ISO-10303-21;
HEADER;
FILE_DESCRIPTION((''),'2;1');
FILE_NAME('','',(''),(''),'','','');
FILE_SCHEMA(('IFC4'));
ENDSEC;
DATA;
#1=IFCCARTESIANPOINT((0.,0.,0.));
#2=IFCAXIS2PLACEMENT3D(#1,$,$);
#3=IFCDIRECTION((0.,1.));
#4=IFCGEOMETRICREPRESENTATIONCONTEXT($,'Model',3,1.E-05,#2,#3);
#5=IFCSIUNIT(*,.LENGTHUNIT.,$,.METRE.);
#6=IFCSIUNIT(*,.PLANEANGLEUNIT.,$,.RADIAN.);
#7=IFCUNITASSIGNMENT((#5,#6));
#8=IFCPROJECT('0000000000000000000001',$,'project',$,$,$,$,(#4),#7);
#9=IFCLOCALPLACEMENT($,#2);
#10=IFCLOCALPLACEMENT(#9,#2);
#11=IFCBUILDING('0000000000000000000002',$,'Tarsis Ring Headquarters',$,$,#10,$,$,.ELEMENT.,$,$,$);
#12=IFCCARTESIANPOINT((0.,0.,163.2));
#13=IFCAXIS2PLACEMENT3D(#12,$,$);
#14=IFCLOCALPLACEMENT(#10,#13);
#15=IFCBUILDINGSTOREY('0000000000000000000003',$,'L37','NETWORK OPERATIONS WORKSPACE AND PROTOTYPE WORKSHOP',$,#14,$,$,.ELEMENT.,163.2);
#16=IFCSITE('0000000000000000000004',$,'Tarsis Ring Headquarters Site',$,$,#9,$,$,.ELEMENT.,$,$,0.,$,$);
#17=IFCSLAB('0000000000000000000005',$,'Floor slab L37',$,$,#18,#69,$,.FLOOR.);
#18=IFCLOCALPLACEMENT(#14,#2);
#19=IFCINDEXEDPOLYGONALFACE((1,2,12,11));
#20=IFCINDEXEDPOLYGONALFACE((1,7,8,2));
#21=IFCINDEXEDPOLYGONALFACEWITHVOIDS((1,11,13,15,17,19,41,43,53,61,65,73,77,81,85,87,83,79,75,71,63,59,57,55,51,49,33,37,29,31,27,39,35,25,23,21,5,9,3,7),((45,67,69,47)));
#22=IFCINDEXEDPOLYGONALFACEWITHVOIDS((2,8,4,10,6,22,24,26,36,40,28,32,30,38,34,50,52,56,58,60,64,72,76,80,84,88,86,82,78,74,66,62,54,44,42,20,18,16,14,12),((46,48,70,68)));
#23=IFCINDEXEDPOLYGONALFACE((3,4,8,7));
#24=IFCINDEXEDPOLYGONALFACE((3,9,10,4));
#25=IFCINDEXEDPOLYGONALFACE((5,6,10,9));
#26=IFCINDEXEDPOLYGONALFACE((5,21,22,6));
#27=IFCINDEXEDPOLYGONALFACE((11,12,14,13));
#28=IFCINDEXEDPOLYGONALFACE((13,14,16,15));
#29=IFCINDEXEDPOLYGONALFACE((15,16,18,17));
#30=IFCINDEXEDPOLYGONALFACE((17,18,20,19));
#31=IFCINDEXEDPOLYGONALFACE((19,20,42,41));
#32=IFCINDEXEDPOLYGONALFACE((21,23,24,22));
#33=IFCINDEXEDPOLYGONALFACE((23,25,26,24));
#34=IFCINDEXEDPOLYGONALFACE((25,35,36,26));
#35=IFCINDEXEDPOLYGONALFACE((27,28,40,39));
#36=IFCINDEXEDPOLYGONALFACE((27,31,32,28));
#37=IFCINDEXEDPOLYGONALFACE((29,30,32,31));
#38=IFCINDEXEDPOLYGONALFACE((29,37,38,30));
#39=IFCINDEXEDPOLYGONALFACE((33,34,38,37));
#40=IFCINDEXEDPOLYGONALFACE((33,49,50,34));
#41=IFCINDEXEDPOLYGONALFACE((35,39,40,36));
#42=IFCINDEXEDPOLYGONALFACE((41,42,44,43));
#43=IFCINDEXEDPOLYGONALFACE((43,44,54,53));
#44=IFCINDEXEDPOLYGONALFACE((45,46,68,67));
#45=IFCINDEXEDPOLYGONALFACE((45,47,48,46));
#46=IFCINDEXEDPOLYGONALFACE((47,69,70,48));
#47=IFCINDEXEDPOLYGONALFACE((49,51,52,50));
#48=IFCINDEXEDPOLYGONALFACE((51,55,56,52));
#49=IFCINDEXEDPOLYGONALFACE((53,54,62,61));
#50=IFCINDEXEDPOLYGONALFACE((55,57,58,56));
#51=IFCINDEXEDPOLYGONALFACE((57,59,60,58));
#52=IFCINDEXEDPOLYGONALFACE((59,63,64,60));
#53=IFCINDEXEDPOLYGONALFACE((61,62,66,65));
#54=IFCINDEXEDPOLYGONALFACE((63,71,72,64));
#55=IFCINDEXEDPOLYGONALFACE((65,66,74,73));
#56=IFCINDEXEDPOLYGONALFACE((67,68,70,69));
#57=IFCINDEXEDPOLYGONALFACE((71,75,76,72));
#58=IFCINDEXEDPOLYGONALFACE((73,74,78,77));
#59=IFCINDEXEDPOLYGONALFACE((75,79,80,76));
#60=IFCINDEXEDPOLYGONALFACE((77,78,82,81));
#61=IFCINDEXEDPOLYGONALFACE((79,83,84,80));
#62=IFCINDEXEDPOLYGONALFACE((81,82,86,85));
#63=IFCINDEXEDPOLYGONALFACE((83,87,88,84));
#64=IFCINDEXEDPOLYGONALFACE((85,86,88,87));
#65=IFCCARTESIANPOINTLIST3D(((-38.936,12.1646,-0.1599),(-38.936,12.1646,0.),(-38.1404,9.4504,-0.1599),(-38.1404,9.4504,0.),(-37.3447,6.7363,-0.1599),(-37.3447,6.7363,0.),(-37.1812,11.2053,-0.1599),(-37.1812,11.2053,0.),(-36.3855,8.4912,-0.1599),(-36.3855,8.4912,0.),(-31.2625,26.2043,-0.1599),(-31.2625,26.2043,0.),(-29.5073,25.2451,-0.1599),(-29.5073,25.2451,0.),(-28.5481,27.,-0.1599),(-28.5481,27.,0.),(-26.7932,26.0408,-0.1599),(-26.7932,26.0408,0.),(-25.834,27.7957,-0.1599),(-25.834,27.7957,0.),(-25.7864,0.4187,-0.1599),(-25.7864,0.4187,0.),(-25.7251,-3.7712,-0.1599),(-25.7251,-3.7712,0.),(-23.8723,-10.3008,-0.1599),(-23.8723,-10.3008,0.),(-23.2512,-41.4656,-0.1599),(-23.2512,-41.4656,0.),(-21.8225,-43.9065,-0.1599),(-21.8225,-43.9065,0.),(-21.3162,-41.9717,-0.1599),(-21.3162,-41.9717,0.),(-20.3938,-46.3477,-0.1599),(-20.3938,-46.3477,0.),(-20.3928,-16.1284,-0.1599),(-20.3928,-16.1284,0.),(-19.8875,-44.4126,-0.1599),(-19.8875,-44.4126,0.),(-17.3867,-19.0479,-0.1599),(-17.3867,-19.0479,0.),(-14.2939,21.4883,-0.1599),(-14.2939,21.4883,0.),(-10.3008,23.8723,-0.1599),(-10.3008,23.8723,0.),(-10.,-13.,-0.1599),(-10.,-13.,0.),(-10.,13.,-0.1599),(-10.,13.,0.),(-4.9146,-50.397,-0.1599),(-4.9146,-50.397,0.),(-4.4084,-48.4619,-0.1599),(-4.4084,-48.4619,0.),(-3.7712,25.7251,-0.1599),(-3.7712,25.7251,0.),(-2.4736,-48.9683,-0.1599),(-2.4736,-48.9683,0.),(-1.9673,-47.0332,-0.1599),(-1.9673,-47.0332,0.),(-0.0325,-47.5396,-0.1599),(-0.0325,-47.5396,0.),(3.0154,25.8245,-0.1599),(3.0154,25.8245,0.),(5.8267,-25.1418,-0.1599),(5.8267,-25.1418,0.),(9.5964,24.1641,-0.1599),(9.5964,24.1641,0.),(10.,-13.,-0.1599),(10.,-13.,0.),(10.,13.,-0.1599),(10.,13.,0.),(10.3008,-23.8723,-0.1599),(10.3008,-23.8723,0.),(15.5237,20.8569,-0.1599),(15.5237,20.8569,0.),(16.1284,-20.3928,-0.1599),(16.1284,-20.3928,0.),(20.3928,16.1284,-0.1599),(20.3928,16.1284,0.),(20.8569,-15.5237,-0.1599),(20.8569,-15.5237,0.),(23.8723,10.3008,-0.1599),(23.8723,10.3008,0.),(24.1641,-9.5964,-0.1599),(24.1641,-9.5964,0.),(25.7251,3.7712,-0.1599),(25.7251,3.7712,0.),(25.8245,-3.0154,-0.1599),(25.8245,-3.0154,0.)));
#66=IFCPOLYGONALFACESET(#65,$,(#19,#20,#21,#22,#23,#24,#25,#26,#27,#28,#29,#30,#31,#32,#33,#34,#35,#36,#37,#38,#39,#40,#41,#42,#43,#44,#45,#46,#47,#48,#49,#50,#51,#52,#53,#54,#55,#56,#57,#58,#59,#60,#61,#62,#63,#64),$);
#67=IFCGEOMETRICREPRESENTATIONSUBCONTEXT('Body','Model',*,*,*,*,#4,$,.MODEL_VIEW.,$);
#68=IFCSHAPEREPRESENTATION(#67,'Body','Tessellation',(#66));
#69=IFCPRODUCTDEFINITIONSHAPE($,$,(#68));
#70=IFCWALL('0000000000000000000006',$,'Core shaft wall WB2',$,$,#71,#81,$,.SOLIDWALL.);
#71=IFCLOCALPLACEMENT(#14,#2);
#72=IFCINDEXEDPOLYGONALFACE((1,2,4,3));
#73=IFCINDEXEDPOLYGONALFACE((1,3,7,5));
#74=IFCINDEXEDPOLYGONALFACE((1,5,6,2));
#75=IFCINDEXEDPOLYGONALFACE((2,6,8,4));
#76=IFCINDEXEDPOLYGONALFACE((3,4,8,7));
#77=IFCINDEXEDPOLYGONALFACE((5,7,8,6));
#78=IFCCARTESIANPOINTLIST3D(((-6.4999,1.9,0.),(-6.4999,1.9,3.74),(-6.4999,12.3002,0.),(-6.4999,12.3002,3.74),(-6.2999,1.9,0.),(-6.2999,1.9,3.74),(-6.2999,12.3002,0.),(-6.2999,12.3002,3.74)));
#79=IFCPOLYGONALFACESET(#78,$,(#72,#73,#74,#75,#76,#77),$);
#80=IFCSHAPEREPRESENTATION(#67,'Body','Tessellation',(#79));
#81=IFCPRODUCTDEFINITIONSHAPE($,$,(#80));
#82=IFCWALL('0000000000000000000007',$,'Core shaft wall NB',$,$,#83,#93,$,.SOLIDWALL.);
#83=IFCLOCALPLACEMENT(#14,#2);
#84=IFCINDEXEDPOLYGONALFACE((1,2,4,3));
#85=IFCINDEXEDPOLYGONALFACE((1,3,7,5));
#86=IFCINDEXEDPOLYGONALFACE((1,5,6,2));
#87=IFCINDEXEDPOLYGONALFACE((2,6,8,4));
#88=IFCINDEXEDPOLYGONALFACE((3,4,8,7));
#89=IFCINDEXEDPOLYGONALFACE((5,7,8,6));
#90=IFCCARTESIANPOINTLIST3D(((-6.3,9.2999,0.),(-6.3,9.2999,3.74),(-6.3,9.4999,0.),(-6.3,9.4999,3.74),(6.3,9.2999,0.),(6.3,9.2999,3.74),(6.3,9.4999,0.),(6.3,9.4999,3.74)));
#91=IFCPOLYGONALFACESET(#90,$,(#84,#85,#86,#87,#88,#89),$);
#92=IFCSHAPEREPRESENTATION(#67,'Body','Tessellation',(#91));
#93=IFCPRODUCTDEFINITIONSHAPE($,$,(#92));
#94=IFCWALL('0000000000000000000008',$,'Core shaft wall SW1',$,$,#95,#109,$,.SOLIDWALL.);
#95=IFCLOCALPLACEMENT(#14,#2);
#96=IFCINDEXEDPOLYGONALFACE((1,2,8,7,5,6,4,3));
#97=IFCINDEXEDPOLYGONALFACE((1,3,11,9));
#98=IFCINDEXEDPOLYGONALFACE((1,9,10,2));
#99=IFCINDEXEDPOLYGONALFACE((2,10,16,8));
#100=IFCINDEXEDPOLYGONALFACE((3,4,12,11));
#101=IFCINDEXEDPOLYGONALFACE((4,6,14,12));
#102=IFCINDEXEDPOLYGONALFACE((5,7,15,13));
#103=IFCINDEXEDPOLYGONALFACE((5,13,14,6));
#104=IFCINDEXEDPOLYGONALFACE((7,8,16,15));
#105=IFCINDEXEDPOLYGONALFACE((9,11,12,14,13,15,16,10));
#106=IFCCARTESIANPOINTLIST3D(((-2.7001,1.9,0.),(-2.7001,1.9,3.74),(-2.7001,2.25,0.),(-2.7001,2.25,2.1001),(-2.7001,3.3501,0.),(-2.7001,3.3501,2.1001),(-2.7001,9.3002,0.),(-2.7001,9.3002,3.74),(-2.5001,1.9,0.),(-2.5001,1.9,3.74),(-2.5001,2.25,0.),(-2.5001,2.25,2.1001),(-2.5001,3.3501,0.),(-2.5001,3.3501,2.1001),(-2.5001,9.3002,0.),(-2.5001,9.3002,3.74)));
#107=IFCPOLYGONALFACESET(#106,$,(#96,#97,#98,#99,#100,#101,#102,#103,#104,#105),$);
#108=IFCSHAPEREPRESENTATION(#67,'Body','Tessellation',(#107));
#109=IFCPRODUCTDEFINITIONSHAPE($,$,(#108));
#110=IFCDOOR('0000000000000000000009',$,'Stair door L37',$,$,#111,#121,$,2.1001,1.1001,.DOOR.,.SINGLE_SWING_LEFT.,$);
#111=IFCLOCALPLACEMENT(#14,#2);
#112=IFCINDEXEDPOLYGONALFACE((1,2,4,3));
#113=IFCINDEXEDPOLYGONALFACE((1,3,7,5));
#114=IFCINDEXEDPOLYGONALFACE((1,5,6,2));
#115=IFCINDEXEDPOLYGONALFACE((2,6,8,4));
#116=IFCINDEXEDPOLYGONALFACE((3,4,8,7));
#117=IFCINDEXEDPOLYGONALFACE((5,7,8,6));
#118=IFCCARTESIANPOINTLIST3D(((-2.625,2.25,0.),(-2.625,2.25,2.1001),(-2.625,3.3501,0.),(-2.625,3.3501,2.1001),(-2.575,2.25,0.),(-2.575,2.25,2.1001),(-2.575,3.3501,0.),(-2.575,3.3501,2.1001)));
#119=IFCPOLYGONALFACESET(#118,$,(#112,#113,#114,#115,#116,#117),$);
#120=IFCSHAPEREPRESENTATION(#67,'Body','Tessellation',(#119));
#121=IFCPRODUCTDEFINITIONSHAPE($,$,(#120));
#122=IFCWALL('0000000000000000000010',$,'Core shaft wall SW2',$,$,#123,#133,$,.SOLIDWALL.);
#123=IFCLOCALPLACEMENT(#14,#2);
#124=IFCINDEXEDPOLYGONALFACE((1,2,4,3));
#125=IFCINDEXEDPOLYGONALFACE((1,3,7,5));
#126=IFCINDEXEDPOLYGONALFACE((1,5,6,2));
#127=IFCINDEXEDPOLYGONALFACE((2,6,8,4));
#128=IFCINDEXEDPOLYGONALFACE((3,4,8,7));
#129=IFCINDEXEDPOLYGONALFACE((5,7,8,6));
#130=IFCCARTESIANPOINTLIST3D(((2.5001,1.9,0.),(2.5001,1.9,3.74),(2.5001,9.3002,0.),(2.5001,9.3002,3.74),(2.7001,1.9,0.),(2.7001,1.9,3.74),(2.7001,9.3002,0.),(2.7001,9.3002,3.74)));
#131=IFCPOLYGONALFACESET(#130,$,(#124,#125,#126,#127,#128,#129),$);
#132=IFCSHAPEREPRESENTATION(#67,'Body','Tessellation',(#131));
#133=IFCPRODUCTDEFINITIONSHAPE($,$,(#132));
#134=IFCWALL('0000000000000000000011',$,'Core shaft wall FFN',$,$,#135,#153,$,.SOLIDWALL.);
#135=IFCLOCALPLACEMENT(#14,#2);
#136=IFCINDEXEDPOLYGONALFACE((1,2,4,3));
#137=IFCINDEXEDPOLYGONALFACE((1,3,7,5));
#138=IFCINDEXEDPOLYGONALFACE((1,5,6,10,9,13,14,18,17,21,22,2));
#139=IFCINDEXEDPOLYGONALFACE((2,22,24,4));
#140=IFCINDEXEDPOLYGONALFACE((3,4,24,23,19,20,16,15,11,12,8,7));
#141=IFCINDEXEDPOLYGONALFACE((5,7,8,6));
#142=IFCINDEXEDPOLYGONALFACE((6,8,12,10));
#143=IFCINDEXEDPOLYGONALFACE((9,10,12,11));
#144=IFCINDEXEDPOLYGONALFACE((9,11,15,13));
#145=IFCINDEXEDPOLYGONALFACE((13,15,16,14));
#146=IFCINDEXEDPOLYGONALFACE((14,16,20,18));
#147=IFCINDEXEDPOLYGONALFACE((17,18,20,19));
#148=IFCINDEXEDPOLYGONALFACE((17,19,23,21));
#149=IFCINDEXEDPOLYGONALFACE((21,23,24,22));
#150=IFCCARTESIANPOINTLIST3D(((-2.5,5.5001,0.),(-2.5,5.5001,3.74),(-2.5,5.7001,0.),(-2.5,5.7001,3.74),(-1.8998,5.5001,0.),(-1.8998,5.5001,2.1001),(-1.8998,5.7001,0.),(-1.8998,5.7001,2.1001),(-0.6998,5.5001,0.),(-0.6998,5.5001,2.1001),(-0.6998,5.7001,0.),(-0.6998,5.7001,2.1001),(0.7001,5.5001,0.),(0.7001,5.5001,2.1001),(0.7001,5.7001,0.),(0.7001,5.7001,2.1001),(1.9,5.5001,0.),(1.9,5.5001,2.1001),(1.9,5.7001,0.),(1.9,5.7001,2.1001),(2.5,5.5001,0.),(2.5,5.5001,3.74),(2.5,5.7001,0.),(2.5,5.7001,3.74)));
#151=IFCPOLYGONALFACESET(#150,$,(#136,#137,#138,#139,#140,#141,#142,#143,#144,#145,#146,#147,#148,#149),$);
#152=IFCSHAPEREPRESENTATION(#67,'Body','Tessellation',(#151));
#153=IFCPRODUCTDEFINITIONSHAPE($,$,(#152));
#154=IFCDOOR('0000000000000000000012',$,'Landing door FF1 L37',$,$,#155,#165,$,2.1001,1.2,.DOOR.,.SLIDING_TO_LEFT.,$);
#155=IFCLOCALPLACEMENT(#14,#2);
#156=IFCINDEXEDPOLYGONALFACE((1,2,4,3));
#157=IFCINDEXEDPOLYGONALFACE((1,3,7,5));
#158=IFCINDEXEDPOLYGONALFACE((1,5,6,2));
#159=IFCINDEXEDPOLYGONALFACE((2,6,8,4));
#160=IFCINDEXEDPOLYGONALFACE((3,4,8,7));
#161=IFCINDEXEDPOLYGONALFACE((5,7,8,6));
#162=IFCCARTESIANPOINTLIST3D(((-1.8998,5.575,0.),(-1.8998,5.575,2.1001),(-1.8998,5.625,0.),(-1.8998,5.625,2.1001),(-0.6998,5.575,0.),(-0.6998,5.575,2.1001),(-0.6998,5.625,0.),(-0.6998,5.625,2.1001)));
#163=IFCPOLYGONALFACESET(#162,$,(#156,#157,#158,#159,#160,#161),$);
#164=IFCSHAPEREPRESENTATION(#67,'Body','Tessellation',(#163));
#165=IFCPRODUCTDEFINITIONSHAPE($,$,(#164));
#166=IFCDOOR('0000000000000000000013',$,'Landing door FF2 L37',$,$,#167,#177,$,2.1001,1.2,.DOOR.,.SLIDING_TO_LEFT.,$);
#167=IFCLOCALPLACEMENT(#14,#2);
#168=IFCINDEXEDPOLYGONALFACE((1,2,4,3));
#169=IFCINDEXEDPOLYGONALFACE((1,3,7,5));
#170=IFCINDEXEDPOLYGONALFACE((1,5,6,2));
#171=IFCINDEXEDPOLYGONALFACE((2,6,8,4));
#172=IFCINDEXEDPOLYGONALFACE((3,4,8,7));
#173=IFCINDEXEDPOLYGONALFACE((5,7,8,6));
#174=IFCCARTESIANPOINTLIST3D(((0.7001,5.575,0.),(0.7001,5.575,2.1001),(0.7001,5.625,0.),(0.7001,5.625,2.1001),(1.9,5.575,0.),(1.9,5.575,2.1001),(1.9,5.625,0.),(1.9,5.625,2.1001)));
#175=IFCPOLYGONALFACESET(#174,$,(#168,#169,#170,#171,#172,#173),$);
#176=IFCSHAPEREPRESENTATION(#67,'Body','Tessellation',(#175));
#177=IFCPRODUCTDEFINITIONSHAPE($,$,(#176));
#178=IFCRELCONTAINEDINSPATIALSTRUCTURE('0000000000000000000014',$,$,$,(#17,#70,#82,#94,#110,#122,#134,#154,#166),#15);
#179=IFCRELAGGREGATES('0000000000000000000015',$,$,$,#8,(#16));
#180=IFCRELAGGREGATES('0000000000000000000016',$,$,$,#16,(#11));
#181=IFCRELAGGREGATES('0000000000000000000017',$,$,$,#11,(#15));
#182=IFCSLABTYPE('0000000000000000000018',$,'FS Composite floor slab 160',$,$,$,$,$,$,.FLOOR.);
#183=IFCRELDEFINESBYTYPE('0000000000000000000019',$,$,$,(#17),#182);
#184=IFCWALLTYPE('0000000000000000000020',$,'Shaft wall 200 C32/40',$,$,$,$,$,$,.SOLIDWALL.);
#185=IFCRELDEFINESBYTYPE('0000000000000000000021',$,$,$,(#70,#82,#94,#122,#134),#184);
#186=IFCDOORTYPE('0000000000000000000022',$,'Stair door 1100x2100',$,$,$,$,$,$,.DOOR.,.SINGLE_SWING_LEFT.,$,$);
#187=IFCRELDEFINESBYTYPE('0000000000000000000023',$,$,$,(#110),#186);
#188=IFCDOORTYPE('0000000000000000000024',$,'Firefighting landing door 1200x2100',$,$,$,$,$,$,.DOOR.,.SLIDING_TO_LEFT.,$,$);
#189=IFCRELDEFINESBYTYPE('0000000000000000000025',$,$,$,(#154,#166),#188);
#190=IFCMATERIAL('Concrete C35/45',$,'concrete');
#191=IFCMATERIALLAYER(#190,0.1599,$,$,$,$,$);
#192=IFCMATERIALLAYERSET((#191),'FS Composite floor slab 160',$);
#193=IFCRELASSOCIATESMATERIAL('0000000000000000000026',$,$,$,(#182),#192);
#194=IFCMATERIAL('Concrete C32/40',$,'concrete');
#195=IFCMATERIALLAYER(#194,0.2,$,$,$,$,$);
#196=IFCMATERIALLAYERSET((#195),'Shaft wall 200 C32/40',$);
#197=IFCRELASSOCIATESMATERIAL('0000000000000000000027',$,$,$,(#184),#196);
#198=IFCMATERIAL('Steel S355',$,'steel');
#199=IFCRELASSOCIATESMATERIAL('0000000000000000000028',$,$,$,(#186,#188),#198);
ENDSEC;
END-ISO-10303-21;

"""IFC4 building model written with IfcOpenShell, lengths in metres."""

from ifc_helpers import new_model, si_unit, direction, frame, frame_2d, origin, place, context, subcontext, project, spatial, polyline, rectangle, outline, extrude, material, layer, layer_set, type_object, element, fill, save


model = new_model("IFC4")

# Units and contexts
model_context = context("Model", 3, precision=1e-05, world=origin(), true_north=direction((0.0, 1.0)))
body_context = subcontext(model_context, "Body", "Model", "MODEL_VIEW")
ifc_project = project(units=[si_unit("LENGTHUNIT", "METRE"), si_unit("PLANEANGLEUNIT", "RADIAN")], contexts=[model_context])

# Site, building, storey
site_placement = place(None, origin())
site = spatial("IfcSite", under=ifc_project, at=site_placement, Name="Tarsis Ring Headquarters Site", CompositionType="ELEMENT", RefElevation=0.0)
building_placement = place(site_placement, origin())
building = spatial("IfcBuilding", under=site, at=building_placement, Name="Tarsis Ring Headquarters", CompositionType="ELEMENT")
storey_placement = place(building_placement, frame((0.0, 0.0, 163.2)))
storey = spatial("IfcBuildingStorey", under=building, at=storey_placement, Name="L37", Description="NETWORK OPERATIONS WORKSPACE AND PROTOTYPE WORKSHOP", CompositionType="ELEMENT", Elevation=163.2)

# Slab
ifc_material_1 = material(Name="Concrete C35/45", Category="concrete")
ifc_layer_1 = layer(ifc_material_1, 0.1599)
ifc_layer_set_1 = layer_set([ifc_layer_1], Name="FS Composite floor slab 160")
slab_type_1 = type_object("IfcSlabType", Name="FS Composite floor slab 160", PredefinedType="FLOOR", material=ifc_layer_set_1)
slab_1_placement = place(storey_placement, frame((0.0, 0.0, -0.1599)))
element("IfcSlab", 1, at=slab_1_placement, inside=storey, type_object=slab_type_1, Name="Floor slab L37", PredefinedType="FLOOR", context=body_context, shape_type="SweptSolid", body=[
    extrude(outline(polyline([(-25.7864, 0.4187), (-25.7251, -3.7712), (-23.8723, -10.3008), (-20.3928, -16.1284), (-17.3867, -19.0479), (-23.2512, -41.4656), (-21.3162, -41.9717), (-21.8225, -43.9065), (-19.8875, -44.4126), (-20.3938, -46.3477), (-4.9146, -50.397), (-4.4084, -48.4619), (-2.4736, -48.9683), (-1.9673, -47.0332), (-0.0325, -47.5396), (5.8267, -25.1418), (10.3008, -23.8723), (16.1284, -20.3928), (20.8569, -15.5237), (24.1641, -9.5964), (25.8245, -3.0154), (25.7251, 3.7712), (23.8723, 10.3008), (20.3928, 16.1284), (15.5237, 20.8569), (9.5964, 24.1641), (3.0154, 25.8245), (-3.7712, 25.7251), (-10.3008, 23.8723), (-14.2939, 21.4883), (-25.834, 27.7957), (-26.7932, 26.0408), (-28.5481, 27.0), (-29.5073, 25.2451), (-31.2625, 26.2043), (-38.936, 12.1646), (-37.1812, 11.2053), (-38.1404, 9.4504), (-36.3855, 8.4912), (-37.3447, 6.7363), (-25.7864, 0.4187)]), holes=[polyline([(-10.0, -13.0), (-10.0, 13.0), (10.0, 13.0), (10.0, -13.0), (-10.0, -13.0)])]), origin(), (0.0, 0.0, 1.0), 0.1599),
])

# Walls
ifc_material_2 = material(Name="Concrete C32/40", Category="concrete")
ifc_layer_2 = layer(ifc_material_2, 0.2)
ifc_layer_set_2 = layer_set([ifc_layer_2], Name="Shaft wall 200 C32/40")
wall_type = type_object("IfcWallType", Name="Shaft wall 200 C32/40", PredefinedType="SOLIDWALL", material=ifc_layer_set_2)
wall_1_placement = place(storey_placement, frame((-6.3999, 1.8999, 0.0), z_axis=(0.0, 0.0, 1.0), x_axis=(0.0, 1.0, 0.0)))
element("IfcWall", 2, at=wall_1_placement, inside=storey, type_object=wall_type, Name="Core shaft wall WB2", PredefinedType="SOLIDWALL", context=body_context, shape_type="SweptSolid", body=[
    extrude(rectangle(XDim=10.4001, YDim=0.2, at=frame_2d((5.2002, 0.0))), origin(), (0.0, 0.0, 1.0), 3.74),
])
wall_2_placement = place(storey_placement, frame((-6.3, 9.3999, 0.0), z_axis=(0.0, 0.0, 1.0), x_axis=(1.0, 0.0, 0.0)))
element("IfcWall", 3, at=wall_2_placement, inside=storey, type_object=wall_type, Name="Core shaft wall NB", PredefinedType="SOLIDWALL", context=body_context, shape_type="SweptSolid", body=[
    extrude(rectangle(XDim=12.6001, YDim=0.2, at=frame_2d((6.3, 0.0))), origin(), (0.0, 0.0, 1.0), 3.74),
])

# Wall, opening, door
wall_3_placement = place(storey_placement, frame((-2.6001, 1.8999, 0.0), z_axis=(0.0, 0.0, 1.0), x_axis=(0.0, 1.0, 0.0)))
wall_3 = element("IfcWall", 4, at=wall_3_placement, inside=storey, type_object=wall_type, Name="Core shaft wall SW1", PredefinedType="SOLIDWALL", context=body_context, shape_type="SweptSolid", body=[
    extrude(rectangle(XDim=7.4001, YDim=0.2, at=frame_2d((3.7002, 0.0))), origin(), (0.0, 0.0, 1.0), 3.74),
])
opening_1_placement = place(wall_3_placement, frame((0.3501, 0.0, 0.0)))
opening_1 = element("IfcOpeningElement", 5, at=opening_1_placement, cuts=wall_3, PredefinedType="OPENING", context=body_context, shape_type="SweptSolid", body=[
    extrude(rectangle(XDim=1.1001, YDim=2.1001, at=frame_2d((0.55, 1.05))), frame((0.0, 0.1099, 0.0), z_axis=(0.0, -1.0, 0.0), x_axis=(1.0, 0.0, 0.0)), (0.0, 0.0, 1.0), 0.22),
])
ifc_material_3 = material(Name="Steel S355", Category="steel")
door_type_1 = type_object("IfcDoorType", Name="Stair door 1100x2100", OperationType="SINGLE_SWING_LEFT", PredefinedType="DOOR", material=ifc_material_3)
door_1_placement = place(opening_1_placement, origin())
door_1 = element("IfcDoor", 6, at=door_1_placement, inside=storey, type_object=door_type_1, Name="Stair door L37", OperationType="SINGLE_SWING_LEFT", OverallHeight=2.1001, OverallWidth=1.1001, PredefinedType="DOOR", context=body_context, shape_type="SweptSolid", body=[
    extrude(rectangle(XDim=1.1001, YDim=2.1001, at=frame_2d((0.55, 1.05))), frame((0.0, 0.0249, 0.0), z_axis=(0.0, -1.0, 0.0), x_axis=(1.0, 0.0, 0.0)), (0.0, 0.0, 1.0), 0.05),
])
fill(opening_1, door_1)

# Wall
wall_4_placement = place(storey_placement, frame((2.6001, 1.8999, 0.0), z_axis=(0.0, 0.0, 1.0), x_axis=(0.0, 1.0, 0.0)))
element("IfcWall", 7, at=wall_4_placement, inside=storey, type_object=wall_type, Name="Core shaft wall SW2", PredefinedType="SOLIDWALL", context=body_context, shape_type="SweptSolid", body=[
    extrude(rectangle(XDim=7.4001, YDim=0.2, at=frame_2d((3.7002, 0.0))), origin(), (0.0, 0.0, 1.0), 3.74),
])

# Wall, openings, doors
wall_5_placement = place(storey_placement, frame((-2.5, 5.6001, 0.0), z_axis=(0.0, 0.0, 1.0), x_axis=(1.0, 0.0, 0.0)))
wall_5 = element("IfcWall", 8, at=wall_5_placement, inside=storey, type_object=wall_type, Name="Core shaft wall FFN", PredefinedType="SOLIDWALL", context=body_context, shape_type="SweptSolid", body=[
    extrude(rectangle(XDim=5.0, YDim=0.2, at=frame_2d((2.5, 0.0))), origin(), (0.0, 0.0, 1.0), 3.74),
])
opening_2_placement = place(wall_5_placement, frame((0.6001, 0.0, 0.0)))
opening_2 = element("IfcOpeningElement", 9, at=opening_2_placement, cuts=wall_5, PredefinedType="OPENING", context=body_context, shape_type="SweptSolid", body=[
    extrude(rectangle(XDim=1.2, YDim=2.1001, at=frame_2d((0.6001, 1.05))), frame((0.0, 0.1099, 0.0), z_axis=(0.0, -1.0, 0.0), x_axis=(1.0, 0.0, 0.0)), (0.0, 0.0, 1.0), 0.22),
])
opening_3_placement = place(wall_5_placement, frame((3.2, 0.0, 0.0)))
opening_3 = element("IfcOpeningElement", 10, at=opening_3_placement, cuts=wall_5, PredefinedType="OPENING", context=body_context, shape_type="SweptSolid", body=[
    extrude(rectangle(XDim=1.2, YDim=2.1001, at=frame_2d((0.6001, 1.05))), frame((0.0, 0.1099, 0.0), z_axis=(0.0, -1.0, 0.0), x_axis=(1.0, 0.0, 0.0)), (0.0, 0.0, 1.0), 0.22),
])
door_type_2 = type_object("IfcDoorType", Name="Firefighting landing door 1200x2100", OperationType="SLIDING_TO_LEFT", PredefinedType="DOOR", material=ifc_material_3)
door_2_placement = place(opening_2_placement, origin())
door_2 = element("IfcDoor", 11, at=door_2_placement, inside=storey, type_object=door_type_2, Name="Landing door FF1 L37", OperationType="SLIDING_TO_LEFT", OverallHeight=2.1001, OverallWidth=1.2, PredefinedType="DOOR", context=body_context, shape_type="SweptSolid", body=[
    extrude(rectangle(XDim=1.2, YDim=2.1001, at=frame_2d((0.6001, 1.05))), frame((0.0, 0.0249, 0.0), z_axis=(0.0, -1.0, 0.0), x_axis=(1.0, 0.0, 0.0)), (0.0, 0.0, 1.0), 0.05),
])
fill(opening_2, door_2)
door_3_placement = place(opening_3_placement, origin())
door_3 = element("IfcDoor", 12, at=door_3_placement, inside=storey, type_object=door_type_2, Name="Landing door FF2 L37", OperationType="SLIDING_TO_LEFT", OverallHeight=2.1001, OverallWidth=1.2, PredefinedType="DOOR", context=body_context, shape_type="SweptSolid", body=[
    extrude(rectangle(XDim=1.2, YDim=2.1001, at=frame_2d((0.6001, 1.05))), frame((0.0, 0.0249, 0.0), z_axis=(0.0, -1.0, 0.0), x_axis=(1.0, 0.0, 0.0)), (0.0, 0.0, 1.0), 0.05),
])
fill(opening_3, door_3)

save(model, "model.ifc")
